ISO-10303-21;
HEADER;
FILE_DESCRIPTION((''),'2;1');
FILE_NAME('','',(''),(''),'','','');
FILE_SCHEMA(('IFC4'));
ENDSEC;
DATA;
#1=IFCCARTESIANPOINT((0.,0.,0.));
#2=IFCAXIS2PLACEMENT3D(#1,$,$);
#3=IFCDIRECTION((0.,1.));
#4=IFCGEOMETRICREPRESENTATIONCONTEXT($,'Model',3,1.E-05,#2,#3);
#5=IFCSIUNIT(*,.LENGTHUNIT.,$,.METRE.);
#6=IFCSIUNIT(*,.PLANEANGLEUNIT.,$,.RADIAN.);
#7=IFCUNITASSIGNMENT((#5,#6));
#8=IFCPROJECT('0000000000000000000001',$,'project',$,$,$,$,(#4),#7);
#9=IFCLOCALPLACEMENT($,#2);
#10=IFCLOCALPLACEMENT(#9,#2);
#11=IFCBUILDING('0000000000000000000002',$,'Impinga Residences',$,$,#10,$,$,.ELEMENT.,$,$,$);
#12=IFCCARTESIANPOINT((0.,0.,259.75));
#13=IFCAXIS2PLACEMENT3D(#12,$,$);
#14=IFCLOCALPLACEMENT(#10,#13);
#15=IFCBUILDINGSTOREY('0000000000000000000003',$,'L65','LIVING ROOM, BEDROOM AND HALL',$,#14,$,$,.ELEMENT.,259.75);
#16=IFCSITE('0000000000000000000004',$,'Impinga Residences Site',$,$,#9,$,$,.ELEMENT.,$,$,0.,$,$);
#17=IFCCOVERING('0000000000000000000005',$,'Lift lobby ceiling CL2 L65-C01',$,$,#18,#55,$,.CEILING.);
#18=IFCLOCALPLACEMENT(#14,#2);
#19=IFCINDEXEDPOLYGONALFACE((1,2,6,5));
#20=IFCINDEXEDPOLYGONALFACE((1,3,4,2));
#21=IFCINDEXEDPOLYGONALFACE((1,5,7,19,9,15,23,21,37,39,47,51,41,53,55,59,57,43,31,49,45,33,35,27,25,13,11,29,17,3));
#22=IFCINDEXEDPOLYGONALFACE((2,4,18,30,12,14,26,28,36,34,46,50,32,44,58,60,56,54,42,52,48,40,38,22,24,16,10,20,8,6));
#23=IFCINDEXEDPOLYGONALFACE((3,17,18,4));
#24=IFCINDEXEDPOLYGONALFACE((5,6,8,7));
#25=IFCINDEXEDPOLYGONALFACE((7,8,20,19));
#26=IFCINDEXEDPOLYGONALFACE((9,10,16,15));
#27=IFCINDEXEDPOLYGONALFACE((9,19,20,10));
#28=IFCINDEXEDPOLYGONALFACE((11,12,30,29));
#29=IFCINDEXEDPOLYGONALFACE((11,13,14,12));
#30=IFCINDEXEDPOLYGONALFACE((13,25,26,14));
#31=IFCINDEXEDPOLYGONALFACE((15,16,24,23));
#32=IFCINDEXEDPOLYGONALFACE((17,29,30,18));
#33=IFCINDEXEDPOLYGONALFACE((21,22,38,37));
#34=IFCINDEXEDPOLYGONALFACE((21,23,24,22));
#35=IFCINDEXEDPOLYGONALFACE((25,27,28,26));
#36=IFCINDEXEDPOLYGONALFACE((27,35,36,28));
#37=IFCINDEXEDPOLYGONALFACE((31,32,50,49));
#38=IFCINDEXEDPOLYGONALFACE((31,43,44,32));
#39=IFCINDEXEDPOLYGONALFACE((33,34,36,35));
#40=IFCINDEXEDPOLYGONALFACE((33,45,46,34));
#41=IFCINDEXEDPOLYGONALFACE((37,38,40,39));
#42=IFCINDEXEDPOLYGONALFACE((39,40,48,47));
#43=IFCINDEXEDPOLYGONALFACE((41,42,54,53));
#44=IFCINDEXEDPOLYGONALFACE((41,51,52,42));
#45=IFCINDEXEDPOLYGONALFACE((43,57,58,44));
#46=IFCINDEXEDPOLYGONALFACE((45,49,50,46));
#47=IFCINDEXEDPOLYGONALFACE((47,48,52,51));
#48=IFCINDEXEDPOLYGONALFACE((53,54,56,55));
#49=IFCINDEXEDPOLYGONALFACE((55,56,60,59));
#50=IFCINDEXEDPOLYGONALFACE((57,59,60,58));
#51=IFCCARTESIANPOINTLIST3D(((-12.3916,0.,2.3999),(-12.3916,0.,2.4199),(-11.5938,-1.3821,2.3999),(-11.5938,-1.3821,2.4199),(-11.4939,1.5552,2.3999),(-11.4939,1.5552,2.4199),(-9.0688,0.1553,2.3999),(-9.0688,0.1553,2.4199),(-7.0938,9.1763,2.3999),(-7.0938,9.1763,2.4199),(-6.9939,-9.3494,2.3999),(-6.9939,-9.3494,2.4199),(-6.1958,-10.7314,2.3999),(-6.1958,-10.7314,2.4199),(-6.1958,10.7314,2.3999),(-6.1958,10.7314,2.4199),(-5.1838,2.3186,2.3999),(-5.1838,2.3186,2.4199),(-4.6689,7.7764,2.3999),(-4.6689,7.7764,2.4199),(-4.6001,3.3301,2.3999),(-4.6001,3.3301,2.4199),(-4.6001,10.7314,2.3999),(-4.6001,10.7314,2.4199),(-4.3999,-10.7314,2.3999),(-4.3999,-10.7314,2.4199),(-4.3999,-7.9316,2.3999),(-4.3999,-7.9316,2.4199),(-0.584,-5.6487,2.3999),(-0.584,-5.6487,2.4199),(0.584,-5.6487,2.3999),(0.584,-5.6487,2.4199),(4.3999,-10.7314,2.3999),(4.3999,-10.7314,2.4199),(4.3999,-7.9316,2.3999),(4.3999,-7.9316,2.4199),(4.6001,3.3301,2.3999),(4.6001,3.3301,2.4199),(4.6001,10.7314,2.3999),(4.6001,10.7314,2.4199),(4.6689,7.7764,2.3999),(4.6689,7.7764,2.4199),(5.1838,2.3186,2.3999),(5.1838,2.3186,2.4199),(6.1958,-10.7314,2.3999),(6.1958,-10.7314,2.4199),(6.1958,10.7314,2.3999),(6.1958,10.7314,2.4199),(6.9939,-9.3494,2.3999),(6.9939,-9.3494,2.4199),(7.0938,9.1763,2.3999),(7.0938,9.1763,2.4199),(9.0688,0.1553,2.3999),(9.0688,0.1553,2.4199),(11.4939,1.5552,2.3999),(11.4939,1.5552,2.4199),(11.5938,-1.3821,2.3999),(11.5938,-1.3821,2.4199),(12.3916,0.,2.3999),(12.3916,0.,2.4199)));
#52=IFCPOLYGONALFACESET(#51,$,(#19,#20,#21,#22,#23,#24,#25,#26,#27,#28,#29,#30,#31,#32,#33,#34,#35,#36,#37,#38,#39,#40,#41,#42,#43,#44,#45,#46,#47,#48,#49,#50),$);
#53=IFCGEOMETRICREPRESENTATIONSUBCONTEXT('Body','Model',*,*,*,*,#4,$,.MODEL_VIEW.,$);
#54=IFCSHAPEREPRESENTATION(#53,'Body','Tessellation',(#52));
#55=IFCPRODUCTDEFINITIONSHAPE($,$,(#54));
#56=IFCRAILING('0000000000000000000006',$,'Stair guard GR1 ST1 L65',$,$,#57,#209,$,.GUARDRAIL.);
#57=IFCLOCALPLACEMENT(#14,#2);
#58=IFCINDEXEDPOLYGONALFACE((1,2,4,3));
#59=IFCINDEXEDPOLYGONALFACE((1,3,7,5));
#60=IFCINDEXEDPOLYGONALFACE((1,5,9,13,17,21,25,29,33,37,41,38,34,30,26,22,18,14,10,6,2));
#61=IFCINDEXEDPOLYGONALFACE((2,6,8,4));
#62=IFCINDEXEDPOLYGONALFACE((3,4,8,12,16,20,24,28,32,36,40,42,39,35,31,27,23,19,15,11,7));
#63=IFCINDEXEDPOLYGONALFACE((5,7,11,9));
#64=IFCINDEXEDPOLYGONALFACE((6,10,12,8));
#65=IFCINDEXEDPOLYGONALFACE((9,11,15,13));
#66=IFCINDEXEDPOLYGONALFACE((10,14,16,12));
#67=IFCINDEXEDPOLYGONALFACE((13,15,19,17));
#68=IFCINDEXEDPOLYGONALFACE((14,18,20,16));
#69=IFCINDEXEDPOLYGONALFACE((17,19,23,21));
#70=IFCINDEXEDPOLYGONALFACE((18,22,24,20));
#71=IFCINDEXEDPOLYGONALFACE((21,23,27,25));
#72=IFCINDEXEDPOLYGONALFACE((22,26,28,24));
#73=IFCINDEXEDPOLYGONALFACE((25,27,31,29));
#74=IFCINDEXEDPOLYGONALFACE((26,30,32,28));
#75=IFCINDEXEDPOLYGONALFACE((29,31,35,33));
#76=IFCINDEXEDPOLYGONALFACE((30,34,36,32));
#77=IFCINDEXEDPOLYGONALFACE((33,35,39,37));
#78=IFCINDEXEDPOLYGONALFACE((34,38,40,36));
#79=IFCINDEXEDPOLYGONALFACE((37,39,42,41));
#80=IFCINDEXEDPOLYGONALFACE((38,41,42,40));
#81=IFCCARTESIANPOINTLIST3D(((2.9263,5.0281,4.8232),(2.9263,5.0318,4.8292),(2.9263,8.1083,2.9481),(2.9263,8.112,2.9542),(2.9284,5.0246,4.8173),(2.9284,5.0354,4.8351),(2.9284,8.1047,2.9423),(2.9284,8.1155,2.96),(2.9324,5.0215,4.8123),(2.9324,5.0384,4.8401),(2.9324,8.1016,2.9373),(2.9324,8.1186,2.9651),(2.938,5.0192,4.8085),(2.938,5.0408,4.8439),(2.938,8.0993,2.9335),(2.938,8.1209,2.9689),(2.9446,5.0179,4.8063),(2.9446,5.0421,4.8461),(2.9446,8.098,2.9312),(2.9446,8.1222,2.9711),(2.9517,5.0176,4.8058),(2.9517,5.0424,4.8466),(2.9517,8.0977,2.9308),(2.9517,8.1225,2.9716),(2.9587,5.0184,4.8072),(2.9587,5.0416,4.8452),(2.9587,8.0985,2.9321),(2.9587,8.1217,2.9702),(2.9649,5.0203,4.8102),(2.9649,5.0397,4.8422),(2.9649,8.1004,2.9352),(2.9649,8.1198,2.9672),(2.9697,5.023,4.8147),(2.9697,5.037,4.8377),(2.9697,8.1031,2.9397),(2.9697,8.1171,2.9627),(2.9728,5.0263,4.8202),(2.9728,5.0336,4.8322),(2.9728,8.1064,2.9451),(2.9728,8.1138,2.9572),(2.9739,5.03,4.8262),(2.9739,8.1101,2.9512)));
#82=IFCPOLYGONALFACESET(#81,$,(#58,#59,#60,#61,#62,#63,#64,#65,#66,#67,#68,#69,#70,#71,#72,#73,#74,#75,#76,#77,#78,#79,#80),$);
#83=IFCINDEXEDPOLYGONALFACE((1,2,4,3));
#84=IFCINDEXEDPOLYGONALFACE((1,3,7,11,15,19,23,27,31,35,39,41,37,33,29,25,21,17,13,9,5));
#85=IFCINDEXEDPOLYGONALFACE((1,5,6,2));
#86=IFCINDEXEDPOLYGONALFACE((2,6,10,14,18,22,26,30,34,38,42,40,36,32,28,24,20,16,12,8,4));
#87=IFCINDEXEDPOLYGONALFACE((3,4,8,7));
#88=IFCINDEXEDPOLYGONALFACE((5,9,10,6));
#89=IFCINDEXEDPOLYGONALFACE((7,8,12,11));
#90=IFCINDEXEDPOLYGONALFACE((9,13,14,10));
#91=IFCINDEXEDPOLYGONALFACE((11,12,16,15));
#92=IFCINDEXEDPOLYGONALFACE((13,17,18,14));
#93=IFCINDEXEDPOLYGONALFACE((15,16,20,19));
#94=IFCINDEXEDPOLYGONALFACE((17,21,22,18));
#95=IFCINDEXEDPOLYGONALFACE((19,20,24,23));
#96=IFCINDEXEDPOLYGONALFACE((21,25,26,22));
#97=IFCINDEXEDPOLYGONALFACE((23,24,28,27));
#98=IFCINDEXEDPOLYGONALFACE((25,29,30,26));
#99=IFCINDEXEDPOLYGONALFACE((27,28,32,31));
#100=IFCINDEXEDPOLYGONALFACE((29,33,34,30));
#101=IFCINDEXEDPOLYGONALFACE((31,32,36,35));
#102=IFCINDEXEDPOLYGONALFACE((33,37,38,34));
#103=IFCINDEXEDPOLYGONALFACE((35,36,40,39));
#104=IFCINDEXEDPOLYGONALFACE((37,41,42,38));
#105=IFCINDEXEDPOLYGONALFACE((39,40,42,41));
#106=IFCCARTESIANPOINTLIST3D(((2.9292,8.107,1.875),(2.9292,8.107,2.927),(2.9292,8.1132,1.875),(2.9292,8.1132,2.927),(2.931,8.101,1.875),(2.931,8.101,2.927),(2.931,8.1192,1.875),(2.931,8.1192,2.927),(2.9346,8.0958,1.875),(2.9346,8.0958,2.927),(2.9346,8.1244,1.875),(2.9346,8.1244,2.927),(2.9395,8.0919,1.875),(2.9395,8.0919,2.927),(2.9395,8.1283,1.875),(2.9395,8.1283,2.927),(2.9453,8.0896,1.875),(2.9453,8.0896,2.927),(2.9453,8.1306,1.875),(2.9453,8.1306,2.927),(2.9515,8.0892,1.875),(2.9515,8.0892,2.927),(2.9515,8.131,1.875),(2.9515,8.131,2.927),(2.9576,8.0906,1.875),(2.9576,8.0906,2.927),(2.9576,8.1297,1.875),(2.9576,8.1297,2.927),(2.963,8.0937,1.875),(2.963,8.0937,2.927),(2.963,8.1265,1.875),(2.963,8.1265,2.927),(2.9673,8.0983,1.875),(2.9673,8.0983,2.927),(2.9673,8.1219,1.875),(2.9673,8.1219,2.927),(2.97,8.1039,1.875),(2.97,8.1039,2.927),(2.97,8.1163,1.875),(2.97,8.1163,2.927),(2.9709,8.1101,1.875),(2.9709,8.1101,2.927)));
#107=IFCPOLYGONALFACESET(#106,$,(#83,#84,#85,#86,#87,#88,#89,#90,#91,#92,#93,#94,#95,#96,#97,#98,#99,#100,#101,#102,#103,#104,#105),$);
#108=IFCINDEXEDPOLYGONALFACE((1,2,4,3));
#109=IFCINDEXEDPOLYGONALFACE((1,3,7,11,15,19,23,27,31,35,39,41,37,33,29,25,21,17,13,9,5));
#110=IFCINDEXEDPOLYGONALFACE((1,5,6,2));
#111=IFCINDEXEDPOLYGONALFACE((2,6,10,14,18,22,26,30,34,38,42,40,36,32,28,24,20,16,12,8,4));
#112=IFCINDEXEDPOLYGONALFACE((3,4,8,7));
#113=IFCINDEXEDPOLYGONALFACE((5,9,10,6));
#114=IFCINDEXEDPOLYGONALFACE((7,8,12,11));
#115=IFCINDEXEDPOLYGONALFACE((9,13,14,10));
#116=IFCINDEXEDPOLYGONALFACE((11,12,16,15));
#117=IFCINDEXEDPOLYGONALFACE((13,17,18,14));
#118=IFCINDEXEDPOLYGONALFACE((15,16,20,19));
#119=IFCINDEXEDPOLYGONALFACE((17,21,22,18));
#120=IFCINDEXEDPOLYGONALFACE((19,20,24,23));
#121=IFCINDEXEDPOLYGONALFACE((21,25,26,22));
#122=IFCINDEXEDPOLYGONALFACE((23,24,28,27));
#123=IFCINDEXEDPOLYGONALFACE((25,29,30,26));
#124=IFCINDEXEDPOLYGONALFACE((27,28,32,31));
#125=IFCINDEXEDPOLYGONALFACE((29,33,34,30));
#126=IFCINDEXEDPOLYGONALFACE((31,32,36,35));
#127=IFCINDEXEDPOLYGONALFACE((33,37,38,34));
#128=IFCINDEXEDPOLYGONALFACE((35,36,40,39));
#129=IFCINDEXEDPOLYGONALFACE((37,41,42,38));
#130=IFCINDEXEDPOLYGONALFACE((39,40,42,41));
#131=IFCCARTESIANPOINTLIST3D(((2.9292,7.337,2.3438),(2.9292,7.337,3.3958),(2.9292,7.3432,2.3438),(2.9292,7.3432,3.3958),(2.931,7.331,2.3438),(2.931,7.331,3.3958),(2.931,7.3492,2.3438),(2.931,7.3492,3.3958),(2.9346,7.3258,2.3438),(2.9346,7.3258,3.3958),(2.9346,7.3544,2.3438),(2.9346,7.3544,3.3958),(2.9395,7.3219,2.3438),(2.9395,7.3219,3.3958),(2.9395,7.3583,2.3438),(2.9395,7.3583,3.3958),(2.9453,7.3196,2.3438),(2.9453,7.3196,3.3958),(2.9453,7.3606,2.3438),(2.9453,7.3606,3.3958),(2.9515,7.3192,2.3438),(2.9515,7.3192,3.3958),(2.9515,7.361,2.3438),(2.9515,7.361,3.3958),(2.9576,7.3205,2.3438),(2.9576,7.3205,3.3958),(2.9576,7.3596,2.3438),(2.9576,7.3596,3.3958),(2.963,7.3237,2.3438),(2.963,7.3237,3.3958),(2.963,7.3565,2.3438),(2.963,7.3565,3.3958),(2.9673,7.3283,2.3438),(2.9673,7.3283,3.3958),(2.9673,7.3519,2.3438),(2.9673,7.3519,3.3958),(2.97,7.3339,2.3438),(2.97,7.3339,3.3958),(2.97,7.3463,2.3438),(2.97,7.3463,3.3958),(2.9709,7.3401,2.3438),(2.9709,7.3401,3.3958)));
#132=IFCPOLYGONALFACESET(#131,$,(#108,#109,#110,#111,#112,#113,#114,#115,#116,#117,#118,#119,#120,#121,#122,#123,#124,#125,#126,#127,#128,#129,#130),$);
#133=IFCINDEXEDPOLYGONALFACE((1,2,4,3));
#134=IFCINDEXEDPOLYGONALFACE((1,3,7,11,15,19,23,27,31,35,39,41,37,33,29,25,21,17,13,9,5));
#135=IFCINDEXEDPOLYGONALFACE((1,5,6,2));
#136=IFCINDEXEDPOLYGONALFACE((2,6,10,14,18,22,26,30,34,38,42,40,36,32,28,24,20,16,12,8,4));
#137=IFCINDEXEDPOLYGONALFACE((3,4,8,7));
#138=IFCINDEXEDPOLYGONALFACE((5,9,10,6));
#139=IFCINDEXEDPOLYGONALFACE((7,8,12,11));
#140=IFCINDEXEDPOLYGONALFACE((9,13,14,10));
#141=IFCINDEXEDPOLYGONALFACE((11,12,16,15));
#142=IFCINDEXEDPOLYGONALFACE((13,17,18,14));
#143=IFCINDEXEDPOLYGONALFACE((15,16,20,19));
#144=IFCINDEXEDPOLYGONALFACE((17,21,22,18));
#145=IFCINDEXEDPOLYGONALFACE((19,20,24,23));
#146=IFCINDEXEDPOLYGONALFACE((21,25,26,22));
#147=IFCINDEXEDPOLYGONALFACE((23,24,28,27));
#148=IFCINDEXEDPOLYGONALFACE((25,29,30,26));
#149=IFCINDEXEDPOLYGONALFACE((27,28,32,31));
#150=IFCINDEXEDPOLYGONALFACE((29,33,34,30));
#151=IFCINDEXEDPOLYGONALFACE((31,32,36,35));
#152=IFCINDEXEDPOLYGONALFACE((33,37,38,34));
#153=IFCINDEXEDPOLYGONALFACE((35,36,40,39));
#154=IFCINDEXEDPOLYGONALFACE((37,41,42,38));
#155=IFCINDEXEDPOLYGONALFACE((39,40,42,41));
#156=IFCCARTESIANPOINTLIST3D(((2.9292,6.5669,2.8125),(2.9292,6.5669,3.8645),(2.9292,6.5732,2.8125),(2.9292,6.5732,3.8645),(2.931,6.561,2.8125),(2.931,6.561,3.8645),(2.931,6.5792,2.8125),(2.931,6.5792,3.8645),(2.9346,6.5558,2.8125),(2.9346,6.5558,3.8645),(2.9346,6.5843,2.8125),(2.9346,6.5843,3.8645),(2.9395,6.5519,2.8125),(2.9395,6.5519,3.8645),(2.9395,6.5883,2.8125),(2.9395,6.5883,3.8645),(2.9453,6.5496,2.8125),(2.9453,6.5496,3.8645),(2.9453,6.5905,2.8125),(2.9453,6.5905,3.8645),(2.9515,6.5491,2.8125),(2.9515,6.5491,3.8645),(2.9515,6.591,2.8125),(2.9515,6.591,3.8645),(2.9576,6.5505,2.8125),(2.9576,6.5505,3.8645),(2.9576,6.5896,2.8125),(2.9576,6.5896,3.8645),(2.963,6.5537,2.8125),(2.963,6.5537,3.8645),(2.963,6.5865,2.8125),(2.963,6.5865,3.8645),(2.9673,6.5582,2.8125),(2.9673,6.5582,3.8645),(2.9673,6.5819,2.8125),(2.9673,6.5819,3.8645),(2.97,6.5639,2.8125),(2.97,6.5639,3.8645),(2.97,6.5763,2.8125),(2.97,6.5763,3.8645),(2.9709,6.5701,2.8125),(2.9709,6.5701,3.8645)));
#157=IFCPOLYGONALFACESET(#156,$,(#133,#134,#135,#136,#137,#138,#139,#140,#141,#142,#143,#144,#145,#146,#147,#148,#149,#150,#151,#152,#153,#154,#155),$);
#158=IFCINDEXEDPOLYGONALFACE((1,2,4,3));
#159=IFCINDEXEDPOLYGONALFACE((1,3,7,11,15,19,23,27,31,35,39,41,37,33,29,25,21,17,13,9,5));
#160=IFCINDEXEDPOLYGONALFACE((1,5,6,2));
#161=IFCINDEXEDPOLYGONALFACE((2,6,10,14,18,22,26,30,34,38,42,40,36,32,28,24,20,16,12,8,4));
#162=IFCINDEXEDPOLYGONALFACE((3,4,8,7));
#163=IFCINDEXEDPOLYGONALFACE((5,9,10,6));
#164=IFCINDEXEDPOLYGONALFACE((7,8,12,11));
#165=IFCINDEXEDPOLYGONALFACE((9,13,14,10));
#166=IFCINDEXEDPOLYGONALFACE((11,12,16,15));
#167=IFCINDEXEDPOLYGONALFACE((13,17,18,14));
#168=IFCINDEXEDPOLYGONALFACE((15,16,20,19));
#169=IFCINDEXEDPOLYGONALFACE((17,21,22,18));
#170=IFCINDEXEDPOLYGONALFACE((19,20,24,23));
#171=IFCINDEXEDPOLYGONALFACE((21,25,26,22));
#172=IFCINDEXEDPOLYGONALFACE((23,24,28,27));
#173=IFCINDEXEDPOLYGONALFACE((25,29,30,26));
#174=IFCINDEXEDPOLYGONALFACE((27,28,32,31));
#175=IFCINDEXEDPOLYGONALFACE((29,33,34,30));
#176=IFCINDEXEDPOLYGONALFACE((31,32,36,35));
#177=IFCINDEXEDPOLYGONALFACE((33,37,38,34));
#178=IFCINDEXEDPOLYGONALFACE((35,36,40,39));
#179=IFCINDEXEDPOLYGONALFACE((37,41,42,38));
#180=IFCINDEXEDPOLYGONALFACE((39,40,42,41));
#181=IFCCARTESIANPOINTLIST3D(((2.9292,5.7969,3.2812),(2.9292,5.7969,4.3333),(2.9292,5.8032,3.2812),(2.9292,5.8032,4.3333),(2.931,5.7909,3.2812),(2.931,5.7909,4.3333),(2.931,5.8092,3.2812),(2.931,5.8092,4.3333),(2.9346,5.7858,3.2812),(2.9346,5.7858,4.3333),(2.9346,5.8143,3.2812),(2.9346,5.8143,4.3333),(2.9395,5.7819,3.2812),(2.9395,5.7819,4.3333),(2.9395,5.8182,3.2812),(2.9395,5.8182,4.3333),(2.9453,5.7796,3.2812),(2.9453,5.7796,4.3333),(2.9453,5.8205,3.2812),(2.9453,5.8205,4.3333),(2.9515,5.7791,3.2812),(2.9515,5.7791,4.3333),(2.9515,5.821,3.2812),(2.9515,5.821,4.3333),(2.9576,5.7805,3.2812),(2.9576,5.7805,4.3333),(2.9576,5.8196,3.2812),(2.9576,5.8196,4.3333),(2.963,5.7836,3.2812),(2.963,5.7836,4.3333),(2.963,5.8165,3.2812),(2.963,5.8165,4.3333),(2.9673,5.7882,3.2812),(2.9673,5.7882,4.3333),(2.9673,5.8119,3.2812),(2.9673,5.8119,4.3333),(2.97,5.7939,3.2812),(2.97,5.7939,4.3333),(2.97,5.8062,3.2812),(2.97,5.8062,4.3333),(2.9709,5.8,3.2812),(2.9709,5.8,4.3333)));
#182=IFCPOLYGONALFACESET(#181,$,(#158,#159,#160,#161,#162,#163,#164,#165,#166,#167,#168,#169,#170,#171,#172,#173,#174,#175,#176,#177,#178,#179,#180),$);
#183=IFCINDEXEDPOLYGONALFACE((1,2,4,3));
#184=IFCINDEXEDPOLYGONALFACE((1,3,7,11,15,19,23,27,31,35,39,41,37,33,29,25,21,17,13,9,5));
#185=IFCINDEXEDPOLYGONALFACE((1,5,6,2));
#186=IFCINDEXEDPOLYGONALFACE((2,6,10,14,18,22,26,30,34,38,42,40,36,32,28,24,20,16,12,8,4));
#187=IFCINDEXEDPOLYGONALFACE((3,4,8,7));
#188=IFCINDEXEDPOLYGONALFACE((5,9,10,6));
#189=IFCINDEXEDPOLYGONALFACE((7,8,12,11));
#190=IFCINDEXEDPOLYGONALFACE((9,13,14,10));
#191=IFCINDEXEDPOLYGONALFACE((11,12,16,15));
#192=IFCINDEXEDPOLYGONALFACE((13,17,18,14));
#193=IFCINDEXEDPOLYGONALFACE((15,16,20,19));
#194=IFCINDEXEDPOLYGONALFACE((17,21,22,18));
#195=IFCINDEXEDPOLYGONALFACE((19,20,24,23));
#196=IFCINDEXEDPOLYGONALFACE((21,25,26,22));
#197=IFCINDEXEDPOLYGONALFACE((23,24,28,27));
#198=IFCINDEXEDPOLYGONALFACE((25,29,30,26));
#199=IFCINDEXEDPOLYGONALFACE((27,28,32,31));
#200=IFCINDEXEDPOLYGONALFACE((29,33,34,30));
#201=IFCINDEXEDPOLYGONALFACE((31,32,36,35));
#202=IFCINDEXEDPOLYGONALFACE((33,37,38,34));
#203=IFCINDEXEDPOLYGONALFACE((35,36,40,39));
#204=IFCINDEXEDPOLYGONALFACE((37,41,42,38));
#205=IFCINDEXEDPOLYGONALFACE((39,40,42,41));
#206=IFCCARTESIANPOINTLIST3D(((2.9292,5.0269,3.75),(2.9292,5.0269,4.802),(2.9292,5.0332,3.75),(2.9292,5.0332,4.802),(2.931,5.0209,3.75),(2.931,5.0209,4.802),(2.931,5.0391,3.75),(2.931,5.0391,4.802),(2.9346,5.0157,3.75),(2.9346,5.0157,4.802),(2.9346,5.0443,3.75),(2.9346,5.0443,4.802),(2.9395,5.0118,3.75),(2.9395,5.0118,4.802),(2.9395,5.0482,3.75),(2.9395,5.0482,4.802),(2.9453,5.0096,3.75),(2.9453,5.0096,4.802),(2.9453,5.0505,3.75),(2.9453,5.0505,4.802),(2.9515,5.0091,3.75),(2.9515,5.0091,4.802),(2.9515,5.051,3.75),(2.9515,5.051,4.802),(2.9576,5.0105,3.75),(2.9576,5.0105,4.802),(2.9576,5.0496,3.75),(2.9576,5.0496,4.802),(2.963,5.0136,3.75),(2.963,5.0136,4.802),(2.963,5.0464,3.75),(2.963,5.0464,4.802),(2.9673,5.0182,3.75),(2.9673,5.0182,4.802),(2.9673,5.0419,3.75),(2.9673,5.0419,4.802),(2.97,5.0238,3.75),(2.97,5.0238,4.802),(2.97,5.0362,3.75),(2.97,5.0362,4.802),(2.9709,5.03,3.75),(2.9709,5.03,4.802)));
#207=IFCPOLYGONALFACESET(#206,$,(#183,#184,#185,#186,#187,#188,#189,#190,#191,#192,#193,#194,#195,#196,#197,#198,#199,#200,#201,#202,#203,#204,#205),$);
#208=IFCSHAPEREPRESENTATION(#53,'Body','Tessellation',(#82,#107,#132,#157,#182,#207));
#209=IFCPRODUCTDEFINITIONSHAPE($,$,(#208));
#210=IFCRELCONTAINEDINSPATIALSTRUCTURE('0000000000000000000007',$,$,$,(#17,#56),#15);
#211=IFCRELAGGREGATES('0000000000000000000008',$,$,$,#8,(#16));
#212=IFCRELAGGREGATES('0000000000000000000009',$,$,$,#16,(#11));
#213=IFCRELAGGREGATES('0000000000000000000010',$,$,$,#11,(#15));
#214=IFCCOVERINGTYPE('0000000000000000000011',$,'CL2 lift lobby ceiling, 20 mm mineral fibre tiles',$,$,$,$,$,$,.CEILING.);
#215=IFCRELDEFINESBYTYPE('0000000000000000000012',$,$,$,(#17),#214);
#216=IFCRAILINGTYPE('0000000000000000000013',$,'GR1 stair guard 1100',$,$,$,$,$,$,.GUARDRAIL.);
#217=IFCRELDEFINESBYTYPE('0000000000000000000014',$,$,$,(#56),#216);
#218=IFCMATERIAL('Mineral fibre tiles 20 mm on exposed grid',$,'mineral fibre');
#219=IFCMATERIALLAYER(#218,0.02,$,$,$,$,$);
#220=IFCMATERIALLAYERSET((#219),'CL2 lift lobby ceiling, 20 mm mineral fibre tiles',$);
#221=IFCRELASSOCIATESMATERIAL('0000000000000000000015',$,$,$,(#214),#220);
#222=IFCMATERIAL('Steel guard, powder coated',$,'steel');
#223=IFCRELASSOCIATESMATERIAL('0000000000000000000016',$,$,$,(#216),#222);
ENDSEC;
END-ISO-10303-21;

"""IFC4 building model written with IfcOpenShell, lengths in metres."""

from ifc_helpers import new_model, si_unit, direction, frame, origin, origin_2d, place, context, subcontext, project, spatial, polyline, circle, outline, extrude, material, layer, layer_set, type_object, element, save


model = new_model("IFC4")

# Units and contexts
model_context = context("Model", 3, precision=1e-05, world=origin(), true_north=direction((0.0, 1.0)))
body_context = subcontext(model_context, "Body", "Model", "MODEL_VIEW")
ifc_project = project(units=[si_unit("LENGTHUNIT", "METRE"), si_unit("PLANEANGLEUNIT", "RADIAN")], contexts=[model_context])

# Site, building, storey
site_placement = place(None, origin())
site = spatial("IfcSite", under=ifc_project, at=site_placement, Name="Impinga Residences Site", CompositionType="ELEMENT", RefElevation=0.0)
building_placement = place(site_placement, origin())
building = spatial("IfcBuilding", under=site, at=building_placement, Name="Impinga Residences", CompositionType="ELEMENT")
storey_placement = place(building_placement, frame((0.0, 0.0, 259.75)))
storey = spatial("IfcBuildingStorey", under=building, at=storey_placement, Name="L65", Description="LIVING ROOM, BEDROOM AND HALL", CompositionType="ELEMENT", Elevation=259.75)

# Covering
ifc_material_1 = material(Name="Mineral fibre tiles 20 mm on exposed grid", Category="mineral fibre")
ifc_layer_1 = layer(ifc_material_1, 0.02)
ifc_layer_set_1 = layer_set([ifc_layer_1], Name="CL2 lift lobby ceiling, 20 mm mineral fibre tiles")
covering_type_1 = type_object("IfcCoveringType", Name="CL2 lift lobby ceiling, 20 mm mineral fibre tiles", PredefinedType="CEILING", material=ifc_layer_set_1)
covering_1_placement = place(storey_placement, frame((0.0, 0.0, 2.3999)))
element("IfcCovering", 1, at=covering_1_placement, inside=storey, type_object=covering_type_1, Name="Lift lobby ceiling CL2 L65-C01", PredefinedType="CEILING", context=body_context, shape_type="SweptSolid", body=[
    extrude(outline(polyline([(12.3916, 0.0), (11.5938, -1.3821), (5.1838, 2.3186), (0.584, -5.6487), (6.9939, -9.3494), (6.1958, -10.7314), (4.3999, -10.7314), (4.3999, -7.9316), (-4.3999, -7.9316), (-4.3999, -10.7314), (-6.1958, -10.7314), (-6.9939, -9.3494), (-0.584, -5.6487), (-5.1838, 2.3186), (-11.5938, -1.3821), (-12.3916, 0.0), (-11.4939, 1.5552), (-9.0688, 0.1553), (-4.6689, 7.7764), (-7.0938, 9.1763), (-6.1958, 10.7314), (-4.6001, 10.7314), (-4.6001, 3.3301), (4.6001, 3.3301), (4.6001, 10.7314), (6.1958, 10.7314), (7.0938, 9.1763), (4.6689, 7.7764), (9.0688, 0.1553), (11.4939, 1.5552), (12.3916, 0.0)])), origin(), (0.0, 0.0, 1.0), 0.02),
])

# Railing
ifc_material_2 = material(Name="Steel guard, powder coated", Category="steel")
railing_type_1 = type_object("IfcRailingType", Name="GR1 stair guard 1100", PredefinedType="GUARDRAIL", material=ifc_material_2)
railing_1_placement = place(storey_placement, frame((2.95, 8.1101, 1.875)))
element("IfcRailing", 2, at=railing_1_placement, inside=storey, type_object=railing_type_1, Name="Stair guard GR1 ST1 L65", PredefinedType="GUARDRAIL", context=body_context, shape_type="SweptSolid", body=[
    extrude(circle(Radius=0.0239, at=origin_2d()), frame((0.0, 0.0, 1.0762), z_axis=(0.0, -0.854178, 0.519981), x_axis=(1.0, 0.0, 0.0)), (0.0, 0.0, 1.0), 3.606),
    extrude(circle(Radius=0.021, at=origin_2d()), origin(), (0.0, 0.0, 1.0), 1.052),
    extrude(circle(Radius=0.021, at=origin_2d()), frame((0.0, -0.77, 0.4688)), (0.0, 0.0, 1.0), 1.052),
    extrude(circle(Radius=0.021, at=origin_2d()), frame((0.0, -1.54, 0.9375)), (0.0, 0.0, 1.0), 1.052),
    extrude(circle(Radius=0.021, at=origin_2d()), frame((0.0, -2.3101, 1.4062)), (0.0, 0.0, 1.0), 1.052),
    extrude(circle(Radius=0.021, at=origin_2d()), frame((0.0, -3.0801, 1.875)), (0.0, 0.0, 1.0), 1.052),
])

save(model, "model.ifc")
